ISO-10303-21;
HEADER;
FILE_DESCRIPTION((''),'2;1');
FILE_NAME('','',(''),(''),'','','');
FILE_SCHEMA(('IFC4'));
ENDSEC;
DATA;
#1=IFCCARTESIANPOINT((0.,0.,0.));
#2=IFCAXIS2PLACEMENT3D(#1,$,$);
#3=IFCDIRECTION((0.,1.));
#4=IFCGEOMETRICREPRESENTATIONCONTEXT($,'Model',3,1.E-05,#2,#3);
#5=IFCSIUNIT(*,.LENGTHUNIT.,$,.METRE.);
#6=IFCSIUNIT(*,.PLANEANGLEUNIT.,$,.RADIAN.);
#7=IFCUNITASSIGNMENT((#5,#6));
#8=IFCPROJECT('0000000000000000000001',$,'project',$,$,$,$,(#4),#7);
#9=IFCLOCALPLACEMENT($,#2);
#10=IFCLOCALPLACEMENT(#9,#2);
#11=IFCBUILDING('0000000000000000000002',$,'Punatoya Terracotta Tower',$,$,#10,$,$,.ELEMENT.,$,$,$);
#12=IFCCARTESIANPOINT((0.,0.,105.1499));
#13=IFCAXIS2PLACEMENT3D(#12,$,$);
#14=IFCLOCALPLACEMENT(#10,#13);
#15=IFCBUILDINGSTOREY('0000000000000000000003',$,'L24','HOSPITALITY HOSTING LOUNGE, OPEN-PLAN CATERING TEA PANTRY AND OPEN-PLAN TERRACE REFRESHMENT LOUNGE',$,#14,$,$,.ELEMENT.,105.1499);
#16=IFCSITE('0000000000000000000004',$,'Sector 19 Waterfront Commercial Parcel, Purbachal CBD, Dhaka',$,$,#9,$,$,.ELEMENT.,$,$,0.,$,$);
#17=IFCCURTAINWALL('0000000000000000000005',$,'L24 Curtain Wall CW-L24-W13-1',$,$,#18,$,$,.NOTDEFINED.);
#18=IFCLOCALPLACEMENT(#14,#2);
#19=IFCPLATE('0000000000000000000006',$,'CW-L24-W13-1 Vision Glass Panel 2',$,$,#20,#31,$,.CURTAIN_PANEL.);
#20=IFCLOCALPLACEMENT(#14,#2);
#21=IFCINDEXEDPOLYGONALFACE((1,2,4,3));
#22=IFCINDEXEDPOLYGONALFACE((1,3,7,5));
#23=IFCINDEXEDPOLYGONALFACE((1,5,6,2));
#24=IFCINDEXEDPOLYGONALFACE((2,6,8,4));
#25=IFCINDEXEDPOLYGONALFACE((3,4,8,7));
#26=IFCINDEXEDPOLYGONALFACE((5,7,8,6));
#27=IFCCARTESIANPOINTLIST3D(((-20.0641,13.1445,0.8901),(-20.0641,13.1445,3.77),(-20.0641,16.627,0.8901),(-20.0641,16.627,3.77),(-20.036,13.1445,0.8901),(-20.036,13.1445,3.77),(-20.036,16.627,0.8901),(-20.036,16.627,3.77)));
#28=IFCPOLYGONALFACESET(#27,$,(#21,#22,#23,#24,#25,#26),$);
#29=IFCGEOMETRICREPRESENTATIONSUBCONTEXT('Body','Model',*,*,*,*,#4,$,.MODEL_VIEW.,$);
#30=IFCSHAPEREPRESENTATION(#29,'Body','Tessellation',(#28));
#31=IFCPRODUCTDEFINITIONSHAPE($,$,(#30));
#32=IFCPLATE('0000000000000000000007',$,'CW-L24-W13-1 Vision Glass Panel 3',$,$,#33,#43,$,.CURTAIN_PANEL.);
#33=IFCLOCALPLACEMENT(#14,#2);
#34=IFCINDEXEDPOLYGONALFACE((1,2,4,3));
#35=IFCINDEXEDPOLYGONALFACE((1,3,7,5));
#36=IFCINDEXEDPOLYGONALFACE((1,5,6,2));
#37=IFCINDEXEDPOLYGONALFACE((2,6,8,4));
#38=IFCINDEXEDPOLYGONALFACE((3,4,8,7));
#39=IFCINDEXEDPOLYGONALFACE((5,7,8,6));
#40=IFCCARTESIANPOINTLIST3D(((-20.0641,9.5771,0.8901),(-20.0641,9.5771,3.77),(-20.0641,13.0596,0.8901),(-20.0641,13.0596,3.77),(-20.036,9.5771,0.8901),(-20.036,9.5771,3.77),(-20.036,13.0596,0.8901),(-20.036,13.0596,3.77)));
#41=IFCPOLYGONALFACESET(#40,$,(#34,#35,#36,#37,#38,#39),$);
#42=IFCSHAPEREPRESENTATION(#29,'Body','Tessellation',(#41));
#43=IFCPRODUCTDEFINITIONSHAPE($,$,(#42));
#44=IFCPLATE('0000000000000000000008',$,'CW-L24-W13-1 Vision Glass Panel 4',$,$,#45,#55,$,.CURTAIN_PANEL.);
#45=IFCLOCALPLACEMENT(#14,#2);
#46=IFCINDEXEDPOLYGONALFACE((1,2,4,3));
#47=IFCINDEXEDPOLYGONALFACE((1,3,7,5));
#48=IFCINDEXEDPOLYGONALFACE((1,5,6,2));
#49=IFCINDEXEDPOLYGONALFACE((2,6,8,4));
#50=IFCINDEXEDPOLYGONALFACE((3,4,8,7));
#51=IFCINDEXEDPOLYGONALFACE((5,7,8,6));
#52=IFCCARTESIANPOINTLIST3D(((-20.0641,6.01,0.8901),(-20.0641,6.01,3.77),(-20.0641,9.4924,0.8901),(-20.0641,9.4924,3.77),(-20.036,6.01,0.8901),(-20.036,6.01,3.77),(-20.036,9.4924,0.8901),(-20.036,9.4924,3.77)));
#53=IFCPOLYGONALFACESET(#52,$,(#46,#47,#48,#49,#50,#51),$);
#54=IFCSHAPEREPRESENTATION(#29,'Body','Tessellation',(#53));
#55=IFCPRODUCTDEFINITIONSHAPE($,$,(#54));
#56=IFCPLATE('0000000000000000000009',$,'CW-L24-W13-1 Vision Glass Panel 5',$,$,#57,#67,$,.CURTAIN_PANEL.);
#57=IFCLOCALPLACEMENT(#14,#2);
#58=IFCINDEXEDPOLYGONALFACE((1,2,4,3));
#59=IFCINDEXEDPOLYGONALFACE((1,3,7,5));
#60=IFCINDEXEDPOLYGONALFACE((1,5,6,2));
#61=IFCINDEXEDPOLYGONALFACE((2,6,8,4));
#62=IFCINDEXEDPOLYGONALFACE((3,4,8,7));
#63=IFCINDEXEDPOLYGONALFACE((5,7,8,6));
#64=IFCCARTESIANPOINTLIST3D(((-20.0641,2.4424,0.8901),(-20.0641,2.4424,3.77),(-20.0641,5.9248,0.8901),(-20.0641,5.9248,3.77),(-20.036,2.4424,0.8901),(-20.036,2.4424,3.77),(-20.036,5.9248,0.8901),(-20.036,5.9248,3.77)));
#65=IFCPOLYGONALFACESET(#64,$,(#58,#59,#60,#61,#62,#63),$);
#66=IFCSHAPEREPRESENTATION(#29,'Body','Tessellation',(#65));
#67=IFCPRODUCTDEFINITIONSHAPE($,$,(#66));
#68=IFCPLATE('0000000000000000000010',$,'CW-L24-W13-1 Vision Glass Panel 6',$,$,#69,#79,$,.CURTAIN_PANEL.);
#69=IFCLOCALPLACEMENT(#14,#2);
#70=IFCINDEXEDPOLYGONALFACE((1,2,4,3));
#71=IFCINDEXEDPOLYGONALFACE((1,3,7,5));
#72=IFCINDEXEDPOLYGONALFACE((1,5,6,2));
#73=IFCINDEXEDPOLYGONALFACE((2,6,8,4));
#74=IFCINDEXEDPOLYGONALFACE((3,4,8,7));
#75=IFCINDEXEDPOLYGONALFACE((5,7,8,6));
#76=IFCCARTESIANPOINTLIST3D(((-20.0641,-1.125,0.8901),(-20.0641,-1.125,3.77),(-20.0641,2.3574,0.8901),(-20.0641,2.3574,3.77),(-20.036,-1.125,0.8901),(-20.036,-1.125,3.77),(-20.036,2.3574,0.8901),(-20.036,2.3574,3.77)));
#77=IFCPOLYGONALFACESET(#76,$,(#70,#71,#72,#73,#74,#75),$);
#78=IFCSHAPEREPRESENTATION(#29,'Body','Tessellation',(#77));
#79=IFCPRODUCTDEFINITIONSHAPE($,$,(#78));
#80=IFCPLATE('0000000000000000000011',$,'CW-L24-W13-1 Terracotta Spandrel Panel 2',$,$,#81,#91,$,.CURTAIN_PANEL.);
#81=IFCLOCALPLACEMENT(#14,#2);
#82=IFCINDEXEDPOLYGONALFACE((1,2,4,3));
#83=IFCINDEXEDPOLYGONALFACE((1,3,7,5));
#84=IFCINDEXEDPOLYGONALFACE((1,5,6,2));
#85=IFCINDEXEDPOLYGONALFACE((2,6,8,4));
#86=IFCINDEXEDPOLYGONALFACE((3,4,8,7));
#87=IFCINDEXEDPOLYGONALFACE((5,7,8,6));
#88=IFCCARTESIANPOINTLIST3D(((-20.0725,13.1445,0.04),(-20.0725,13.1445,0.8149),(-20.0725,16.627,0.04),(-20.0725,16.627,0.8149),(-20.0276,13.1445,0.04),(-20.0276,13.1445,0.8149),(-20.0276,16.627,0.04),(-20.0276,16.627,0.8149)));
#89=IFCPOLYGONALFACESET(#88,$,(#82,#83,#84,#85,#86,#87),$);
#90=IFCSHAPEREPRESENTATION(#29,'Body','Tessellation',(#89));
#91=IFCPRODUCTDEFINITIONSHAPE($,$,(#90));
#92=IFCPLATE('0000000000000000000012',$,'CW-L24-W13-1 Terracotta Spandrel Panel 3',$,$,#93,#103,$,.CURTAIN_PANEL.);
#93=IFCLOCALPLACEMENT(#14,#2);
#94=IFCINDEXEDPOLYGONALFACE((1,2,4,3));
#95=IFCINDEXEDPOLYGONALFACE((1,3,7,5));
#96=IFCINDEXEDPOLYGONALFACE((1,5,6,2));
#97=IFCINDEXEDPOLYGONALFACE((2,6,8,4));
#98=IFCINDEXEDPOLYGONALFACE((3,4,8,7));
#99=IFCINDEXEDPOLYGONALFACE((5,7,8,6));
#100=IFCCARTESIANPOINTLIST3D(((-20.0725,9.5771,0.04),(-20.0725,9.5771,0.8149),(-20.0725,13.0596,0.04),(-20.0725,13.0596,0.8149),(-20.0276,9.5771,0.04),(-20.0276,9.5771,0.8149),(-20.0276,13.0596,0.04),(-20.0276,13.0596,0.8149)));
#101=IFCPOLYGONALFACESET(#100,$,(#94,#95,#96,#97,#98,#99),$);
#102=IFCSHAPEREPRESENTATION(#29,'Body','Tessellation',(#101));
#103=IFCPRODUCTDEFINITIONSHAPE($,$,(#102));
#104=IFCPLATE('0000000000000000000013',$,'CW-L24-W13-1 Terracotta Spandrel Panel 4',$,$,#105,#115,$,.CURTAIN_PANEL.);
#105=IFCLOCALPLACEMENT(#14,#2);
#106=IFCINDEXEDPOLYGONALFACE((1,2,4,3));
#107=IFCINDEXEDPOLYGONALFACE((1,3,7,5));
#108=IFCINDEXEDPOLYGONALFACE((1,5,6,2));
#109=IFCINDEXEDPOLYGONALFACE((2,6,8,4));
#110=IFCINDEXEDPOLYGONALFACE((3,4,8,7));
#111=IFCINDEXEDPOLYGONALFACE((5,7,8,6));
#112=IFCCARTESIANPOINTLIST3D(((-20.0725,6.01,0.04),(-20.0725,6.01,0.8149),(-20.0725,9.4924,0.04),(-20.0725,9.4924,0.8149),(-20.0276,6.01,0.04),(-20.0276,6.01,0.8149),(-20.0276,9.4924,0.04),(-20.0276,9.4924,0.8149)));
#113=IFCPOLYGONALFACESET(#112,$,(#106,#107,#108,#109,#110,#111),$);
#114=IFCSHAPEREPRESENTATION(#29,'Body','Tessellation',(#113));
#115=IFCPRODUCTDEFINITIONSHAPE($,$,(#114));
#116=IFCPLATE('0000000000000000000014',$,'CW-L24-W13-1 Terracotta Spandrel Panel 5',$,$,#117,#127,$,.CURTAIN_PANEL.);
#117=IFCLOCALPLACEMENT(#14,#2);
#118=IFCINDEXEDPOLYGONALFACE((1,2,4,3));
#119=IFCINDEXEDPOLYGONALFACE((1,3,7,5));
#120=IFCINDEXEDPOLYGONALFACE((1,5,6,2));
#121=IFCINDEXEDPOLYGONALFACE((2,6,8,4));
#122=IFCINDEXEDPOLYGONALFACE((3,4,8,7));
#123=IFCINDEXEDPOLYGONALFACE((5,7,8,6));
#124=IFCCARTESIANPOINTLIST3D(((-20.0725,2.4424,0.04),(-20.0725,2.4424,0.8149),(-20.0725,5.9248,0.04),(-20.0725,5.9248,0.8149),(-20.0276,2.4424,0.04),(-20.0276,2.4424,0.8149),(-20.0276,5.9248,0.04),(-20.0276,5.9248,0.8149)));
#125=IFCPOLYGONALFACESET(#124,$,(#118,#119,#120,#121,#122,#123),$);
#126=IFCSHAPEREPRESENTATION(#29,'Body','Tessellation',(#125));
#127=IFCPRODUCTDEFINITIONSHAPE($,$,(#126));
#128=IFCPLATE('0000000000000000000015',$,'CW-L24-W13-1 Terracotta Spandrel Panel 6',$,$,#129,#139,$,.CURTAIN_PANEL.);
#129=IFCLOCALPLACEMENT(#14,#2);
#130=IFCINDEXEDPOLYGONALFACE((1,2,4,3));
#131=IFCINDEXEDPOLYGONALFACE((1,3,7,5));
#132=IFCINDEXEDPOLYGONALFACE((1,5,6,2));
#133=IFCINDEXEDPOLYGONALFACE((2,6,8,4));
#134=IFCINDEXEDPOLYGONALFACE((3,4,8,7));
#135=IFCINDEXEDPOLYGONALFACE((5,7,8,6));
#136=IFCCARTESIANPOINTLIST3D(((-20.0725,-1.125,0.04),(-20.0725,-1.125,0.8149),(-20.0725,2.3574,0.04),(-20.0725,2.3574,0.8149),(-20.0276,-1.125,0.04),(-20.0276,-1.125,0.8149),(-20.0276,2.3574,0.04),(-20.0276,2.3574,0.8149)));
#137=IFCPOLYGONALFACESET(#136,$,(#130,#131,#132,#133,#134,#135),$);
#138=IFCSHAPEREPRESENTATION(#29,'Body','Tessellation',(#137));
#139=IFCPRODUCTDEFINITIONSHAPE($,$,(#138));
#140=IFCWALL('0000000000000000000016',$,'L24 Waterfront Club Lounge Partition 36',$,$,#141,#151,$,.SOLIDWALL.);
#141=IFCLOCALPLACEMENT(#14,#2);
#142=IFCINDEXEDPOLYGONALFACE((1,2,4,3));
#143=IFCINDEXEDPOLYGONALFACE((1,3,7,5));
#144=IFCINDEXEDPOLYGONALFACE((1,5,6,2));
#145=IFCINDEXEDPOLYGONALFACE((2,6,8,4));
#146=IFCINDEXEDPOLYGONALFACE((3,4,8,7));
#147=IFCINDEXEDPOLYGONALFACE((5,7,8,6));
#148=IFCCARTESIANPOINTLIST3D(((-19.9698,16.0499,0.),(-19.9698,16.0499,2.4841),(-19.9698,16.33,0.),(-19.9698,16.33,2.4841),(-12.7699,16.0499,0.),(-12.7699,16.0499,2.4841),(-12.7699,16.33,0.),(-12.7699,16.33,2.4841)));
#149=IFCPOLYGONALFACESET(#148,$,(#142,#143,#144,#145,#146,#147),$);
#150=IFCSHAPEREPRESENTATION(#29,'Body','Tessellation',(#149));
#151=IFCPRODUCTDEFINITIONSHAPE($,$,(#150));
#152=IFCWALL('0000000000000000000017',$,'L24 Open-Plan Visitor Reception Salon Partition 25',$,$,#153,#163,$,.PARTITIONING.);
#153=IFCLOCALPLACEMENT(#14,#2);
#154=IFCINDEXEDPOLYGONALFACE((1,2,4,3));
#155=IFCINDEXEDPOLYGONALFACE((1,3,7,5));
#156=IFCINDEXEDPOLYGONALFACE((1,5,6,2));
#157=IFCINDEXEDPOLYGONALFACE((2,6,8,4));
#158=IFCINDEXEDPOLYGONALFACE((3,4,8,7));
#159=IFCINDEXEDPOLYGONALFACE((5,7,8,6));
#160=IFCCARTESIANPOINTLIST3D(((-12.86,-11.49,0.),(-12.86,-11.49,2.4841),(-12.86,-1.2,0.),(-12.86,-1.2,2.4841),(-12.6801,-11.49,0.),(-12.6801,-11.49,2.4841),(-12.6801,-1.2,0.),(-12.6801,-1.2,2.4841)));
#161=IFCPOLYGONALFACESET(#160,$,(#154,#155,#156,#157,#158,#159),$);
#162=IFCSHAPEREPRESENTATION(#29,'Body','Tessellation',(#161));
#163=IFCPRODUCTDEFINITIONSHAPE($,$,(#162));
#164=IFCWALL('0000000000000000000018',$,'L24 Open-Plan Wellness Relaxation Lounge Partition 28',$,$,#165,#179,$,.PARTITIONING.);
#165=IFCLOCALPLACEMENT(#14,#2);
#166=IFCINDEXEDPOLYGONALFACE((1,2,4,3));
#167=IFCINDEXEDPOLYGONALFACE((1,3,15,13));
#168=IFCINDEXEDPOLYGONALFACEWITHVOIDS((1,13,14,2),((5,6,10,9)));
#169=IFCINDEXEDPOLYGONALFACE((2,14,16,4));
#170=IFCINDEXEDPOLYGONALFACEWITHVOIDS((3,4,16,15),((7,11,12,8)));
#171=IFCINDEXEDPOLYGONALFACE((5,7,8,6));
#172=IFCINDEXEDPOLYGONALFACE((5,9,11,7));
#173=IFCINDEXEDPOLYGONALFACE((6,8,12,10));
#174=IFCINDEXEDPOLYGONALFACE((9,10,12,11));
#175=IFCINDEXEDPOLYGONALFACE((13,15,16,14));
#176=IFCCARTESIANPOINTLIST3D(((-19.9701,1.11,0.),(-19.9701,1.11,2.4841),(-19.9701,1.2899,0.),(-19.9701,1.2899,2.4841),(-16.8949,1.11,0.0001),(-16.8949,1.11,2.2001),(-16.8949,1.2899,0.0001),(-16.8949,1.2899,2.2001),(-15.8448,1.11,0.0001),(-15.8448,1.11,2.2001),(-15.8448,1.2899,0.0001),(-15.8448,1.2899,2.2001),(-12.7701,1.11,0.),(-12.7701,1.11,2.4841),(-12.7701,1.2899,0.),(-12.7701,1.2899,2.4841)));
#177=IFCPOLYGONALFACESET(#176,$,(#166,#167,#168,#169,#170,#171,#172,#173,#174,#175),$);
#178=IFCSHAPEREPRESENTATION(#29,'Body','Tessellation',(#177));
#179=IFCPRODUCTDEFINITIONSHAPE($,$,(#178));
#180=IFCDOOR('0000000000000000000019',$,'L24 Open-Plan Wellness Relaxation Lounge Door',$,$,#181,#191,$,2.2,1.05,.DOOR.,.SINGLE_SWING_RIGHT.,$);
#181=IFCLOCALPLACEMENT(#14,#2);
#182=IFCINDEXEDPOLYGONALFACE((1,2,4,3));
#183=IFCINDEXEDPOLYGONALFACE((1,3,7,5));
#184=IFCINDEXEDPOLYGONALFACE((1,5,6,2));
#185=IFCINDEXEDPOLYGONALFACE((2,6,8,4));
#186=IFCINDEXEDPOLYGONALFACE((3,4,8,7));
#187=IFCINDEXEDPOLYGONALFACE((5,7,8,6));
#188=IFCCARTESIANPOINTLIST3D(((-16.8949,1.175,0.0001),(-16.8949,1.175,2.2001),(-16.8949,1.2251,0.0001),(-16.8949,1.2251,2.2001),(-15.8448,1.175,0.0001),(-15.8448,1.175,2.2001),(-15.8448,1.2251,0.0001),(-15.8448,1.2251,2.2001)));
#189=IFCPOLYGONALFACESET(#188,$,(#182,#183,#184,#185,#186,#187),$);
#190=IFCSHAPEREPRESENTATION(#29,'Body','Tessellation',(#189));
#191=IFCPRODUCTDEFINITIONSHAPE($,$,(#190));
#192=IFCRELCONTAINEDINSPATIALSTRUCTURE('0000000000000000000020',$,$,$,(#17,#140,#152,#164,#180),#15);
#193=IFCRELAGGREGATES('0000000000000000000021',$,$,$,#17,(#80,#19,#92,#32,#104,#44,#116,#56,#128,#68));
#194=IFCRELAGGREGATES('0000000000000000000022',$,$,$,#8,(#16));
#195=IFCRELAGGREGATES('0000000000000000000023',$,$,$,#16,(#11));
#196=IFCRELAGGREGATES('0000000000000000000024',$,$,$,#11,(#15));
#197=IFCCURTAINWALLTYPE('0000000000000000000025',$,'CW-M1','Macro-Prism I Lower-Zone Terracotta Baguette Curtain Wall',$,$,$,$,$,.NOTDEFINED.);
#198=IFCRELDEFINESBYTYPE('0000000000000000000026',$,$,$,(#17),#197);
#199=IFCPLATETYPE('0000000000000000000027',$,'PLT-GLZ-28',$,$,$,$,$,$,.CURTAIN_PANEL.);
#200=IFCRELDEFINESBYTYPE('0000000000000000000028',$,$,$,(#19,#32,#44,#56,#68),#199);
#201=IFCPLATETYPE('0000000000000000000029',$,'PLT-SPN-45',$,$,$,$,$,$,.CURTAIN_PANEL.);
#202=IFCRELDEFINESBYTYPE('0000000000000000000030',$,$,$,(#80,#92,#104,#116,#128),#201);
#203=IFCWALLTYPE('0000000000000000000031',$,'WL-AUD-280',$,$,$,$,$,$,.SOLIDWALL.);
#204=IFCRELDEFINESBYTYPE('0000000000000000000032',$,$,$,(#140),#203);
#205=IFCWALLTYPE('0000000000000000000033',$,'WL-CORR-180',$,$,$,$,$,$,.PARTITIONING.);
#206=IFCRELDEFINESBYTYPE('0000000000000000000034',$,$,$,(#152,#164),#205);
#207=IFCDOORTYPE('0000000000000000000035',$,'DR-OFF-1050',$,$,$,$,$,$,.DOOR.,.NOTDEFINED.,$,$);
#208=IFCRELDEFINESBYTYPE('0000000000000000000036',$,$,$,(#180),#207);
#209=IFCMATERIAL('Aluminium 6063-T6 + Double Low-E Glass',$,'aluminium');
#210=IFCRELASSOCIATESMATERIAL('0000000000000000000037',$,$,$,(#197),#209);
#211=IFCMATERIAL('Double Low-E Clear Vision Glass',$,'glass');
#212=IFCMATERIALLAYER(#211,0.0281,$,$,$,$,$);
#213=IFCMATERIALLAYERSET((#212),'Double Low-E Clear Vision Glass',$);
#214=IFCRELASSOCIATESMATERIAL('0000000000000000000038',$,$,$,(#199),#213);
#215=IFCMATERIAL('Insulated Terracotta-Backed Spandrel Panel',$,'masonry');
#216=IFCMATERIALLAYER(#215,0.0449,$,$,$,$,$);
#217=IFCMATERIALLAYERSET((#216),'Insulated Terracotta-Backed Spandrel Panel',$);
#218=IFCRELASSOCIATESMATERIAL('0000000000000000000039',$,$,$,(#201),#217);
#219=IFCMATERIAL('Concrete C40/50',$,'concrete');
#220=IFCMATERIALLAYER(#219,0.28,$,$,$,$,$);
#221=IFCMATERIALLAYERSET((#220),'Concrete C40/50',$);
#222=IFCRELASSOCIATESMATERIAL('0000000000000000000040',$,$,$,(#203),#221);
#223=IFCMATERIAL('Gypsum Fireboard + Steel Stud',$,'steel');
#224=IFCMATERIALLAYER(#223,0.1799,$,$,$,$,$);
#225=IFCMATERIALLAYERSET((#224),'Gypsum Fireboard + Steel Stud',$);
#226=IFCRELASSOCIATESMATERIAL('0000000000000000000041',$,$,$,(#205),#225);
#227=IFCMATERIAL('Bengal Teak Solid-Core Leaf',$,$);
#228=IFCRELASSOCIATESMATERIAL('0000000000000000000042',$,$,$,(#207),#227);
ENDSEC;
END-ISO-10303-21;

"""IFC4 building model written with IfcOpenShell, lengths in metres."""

from ifc_helpers import new_model, si_unit, direction, frame, frame_2d, origin, origin_2d, place, context, subcontext, project, spatial, rectangle, extrude, material, layer, layer_set, type_object, element, fill, aggregate, save


model = new_model("IFC4")

# Units and contexts
model_context = context("Model", 3, precision=1e-05, world=origin(), true_north=direction((0.0, 1.0)))
body_context = subcontext(model_context, "Body", "Model", "MODEL_VIEW")
ifc_project = project(units=[si_unit("LENGTHUNIT", "METRE"), si_unit("PLANEANGLEUNIT", "RADIAN")], contexts=[model_context])

# Site, building, storey
site_placement = place(None, origin())
site = spatial("IfcSite", under=ifc_project, at=site_placement, Name="Sector 19 Waterfront Commercial Parcel, Purbachal CBD, Dhaka", CompositionType="ELEMENT", RefElevation=0.0)
building_placement = place(site_placement, origin())
building = spatial("IfcBuilding", under=site, at=building_placement, Name="Punatoya Terracotta Tower", CompositionType="ELEMENT")
storey_placement = place(building_placement, frame((0.0, 0.0, 105.1499)))
storey = spatial("IfcBuildingStorey", under=building, at=storey_placement, Name="L24", Description="HOSPITALITY HOSTING LOUNGE, OPEN-PLAN CATERING TEA PANTRY AND OPEN-PLAN TERRACE REFRESHMENT LOUNGE", CompositionType="ELEMENT", Elevation=105.1499)

# Curtain wall, plates
ifc_material_1 = material(Name="Aluminium 6063-T6 + Double Low-E Glass", Category="aluminium")
curtain_wall_type = type_object("IfcCurtainWallType", Name="CW-M1", Description="Macro-Prism I Lower-Zone Terracotta Baguette Curtain Wall", PredefinedType="NOTDEFINED", material=ifc_material_1)
curtain_wall_placement = place(storey_placement, origin())
curtain_wall = element("IfcCurtainWall", 1, at=curtain_wall_placement, inside=storey, type_object=curtain_wall_type, Name="L24 Curtain Wall CW-L24-W13-1", PredefinedType="NOTDEFINED")
ifc_material_2 = material(Name="Double Low-E Clear Vision Glass", Category="glass")
ifc_layer_1 = layer(ifc_material_2, 0.0281)
ifc_layer_set_1 = layer_set([ifc_layer_1], Name="Double Low-E Clear Vision Glass")
plate_type_1 = type_object("IfcPlateType", Name="PLT-GLZ-28", PredefinedType="CURTAIN_PANEL", material=ifc_layer_set_1)
plate_1_placement = place(storey_placement, frame((-20.05, 14.8857, 0.8901), z_axis=(0.0, 0.0, 1.0), x_axis=(0.0, -1.0, 0.0)))
plate_1 = element("IfcPlate", 2, at=plate_1_placement, type_object=plate_type_1, Name="CW-L24-W13-1 Vision Glass Panel 2", PredefinedType="CURTAIN_PANEL", context=body_context, shape_type="SweptSolid", body=[
    extrude(rectangle(XDim=3.4824, YDim=0.0281, at=origin_2d()), origin(), (0.0, 0.0, 1.0), 2.8799),
])
plate_2_placement = place(storey_placement, frame((-20.05, 11.3184, 0.8901), z_axis=(0.0, 0.0, 1.0), x_axis=(0.0, -1.0, 0.0)))
plate_2 = element("IfcPlate", 3, at=plate_2_placement, type_object=plate_type_1, Name="CW-L24-W13-1 Vision Glass Panel 3", PredefinedType="CURTAIN_PANEL", context=body_context, shape_type="SweptSolid", body=[
    extrude(rectangle(XDim=3.4824, YDim=0.0281, at=origin_2d()), origin(), (0.0, 0.0, 1.0), 2.8799),
])
plate_3_placement = place(storey_placement, frame((-20.05, 7.7512, 0.8901), z_axis=(0.0, 0.0, 1.0), x_axis=(0.0, -1.0, 0.0)))
plate_3 = element("IfcPlate", 4, at=plate_3_placement, type_object=plate_type_1, Name="CW-L24-W13-1 Vision Glass Panel 4", PredefinedType="CURTAIN_PANEL", context=body_context, shape_type="SweptSolid", body=[
    extrude(rectangle(XDim=3.4824, YDim=0.0281, at=origin_2d()), origin(), (0.0, 0.0, 1.0), 2.8799),
])
plate_4_placement = place(storey_placement, frame((-20.05, 4.1836, 0.8901), z_axis=(0.0, 0.0, 1.0), x_axis=(0.0, -1.0, 0.0)))
plate_4 = element("IfcPlate", 5, at=plate_4_placement, type_object=plate_type_1, Name="CW-L24-W13-1 Vision Glass Panel 5", PredefinedType="CURTAIN_PANEL", context=body_context, shape_type="SweptSolid", body=[
    extrude(rectangle(XDim=3.4824, YDim=0.0281, at=origin_2d()), origin(), (0.0, 0.0, 1.0), 2.8799),
])
plate_5_placement = place(storey_placement, frame((-20.05, 0.6162, 0.8901), z_axis=(0.0, 0.0, 1.0), x_axis=(0.0, -1.0, 0.0)))
plate_5 = element("IfcPlate", 6, at=plate_5_placement, type_object=plate_type_1, Name="CW-L24-W13-1 Vision Glass Panel 6", PredefinedType="CURTAIN_PANEL", context=body_context, shape_type="SweptSolid", body=[
    extrude(rectangle(XDim=3.4824, YDim=0.0281, at=origin_2d()), origin(), (0.0, 0.0, 1.0), 2.8799),
])
ifc_material_3 = material(Name="Insulated Terracotta-Backed Spandrel Panel", Category="masonry")
ifc_layer_2 = layer(ifc_material_3, 0.0449)
ifc_layer_set_2 = layer_set([ifc_layer_2], Name="Insulated Terracotta-Backed Spandrel Panel")
plate_type_2 = type_object("IfcPlateType", Name="PLT-SPN-45", PredefinedType="CURTAIN_PANEL", material=ifc_layer_set_2)
plate_6_placement = place(storey_placement, frame((-20.05, 14.8857, 0.04), z_axis=(0.0, 0.0, 1.0), x_axis=(0.0, -1.0, 0.0)))
plate_6 = element("IfcPlate", 7, at=plate_6_placement, type_object=plate_type_2, Name="CW-L24-W13-1 Terracotta Spandrel Panel 2", PredefinedType="CURTAIN_PANEL", context=body_context, shape_type="SweptSolid", body=[
    extrude(rectangle(XDim=3.4824, YDim=0.0449, at=origin_2d()), origin(), (0.0, 0.0, 1.0), 0.7749),
])
plate_7_placement = place(storey_placement, frame((-20.05, 11.3184, 0.04), z_axis=(0.0, 0.0, 1.0), x_axis=(0.0, -1.0, 0.0)))
plate_7 = element("IfcPlate", 8, at=plate_7_placement, type_object=plate_type_2, Name="CW-L24-W13-1 Terracotta Spandrel Panel 3", PredefinedType="CURTAIN_PANEL", context=body_context, shape_type="SweptSolid", body=[
    extrude(rectangle(XDim=3.4824, YDim=0.0449, at=origin_2d()), origin(), (0.0, 0.0, 1.0), 0.7749),
])
plate_8_placement = place(storey_placement, frame((-20.05, 7.7512, 0.04), z_axis=(0.0, 0.0, 1.0), x_axis=(0.0, -1.0, 0.0)))
plate_8 = element("IfcPlate", 9, at=plate_8_placement, type_object=plate_type_2, Name="CW-L24-W13-1 Terracotta Spandrel Panel 4", PredefinedType="CURTAIN_PANEL", context=body_context, shape_type="SweptSolid", body=[
    extrude(rectangle(XDim=3.4824, YDim=0.0449, at=origin_2d()), origin(), (0.0, 0.0, 1.0), 0.7749),
])
plate_9_placement = place(storey_placement, frame((-20.05, 4.1836, 0.04), z_axis=(0.0, 0.0, 1.0), x_axis=(0.0, -1.0, 0.0)))
plate_9 = element("IfcPlate", 10, at=plate_9_placement, type_object=plate_type_2, Name="CW-L24-W13-1 Terracotta Spandrel Panel 5", PredefinedType="CURTAIN_PANEL", context=body_context, shape_type="SweptSolid", body=[
    extrude(rectangle(XDim=3.4824, YDim=0.0449, at=origin_2d()), origin(), (0.0, 0.0, 1.0), 0.7749),
])
plate_10_placement = place(storey_placement, frame((-20.05, 0.6162, 0.04), z_axis=(0.0, 0.0, 1.0), x_axis=(0.0, -1.0, 0.0)))
plate_10 = element("IfcPlate", 11, at=plate_10_placement, type_object=plate_type_2, Name="CW-L24-W13-1 Terracotta Spandrel Panel 6", PredefinedType="CURTAIN_PANEL", context=body_context, shape_type="SweptSolid", body=[
    extrude(rectangle(XDim=3.4824, YDim=0.0449, at=origin_2d()), origin(), (0.0, 0.0, 1.0), 0.7749),
])
aggregate(curtain_wall, [plate_6, plate_1, plate_7, plate_2, plate_8, plate_3, plate_9, plate_4, plate_10, plate_5])

# Walls
ifc_material_4 = material(Name="Concrete C40/50", Category="concrete")
ifc_layer_3 = layer(ifc_material_4, 0.28)
ifc_layer_set_3 = layer_set([ifc_layer_3], Name="Concrete C40/50")
wall_type_1 = type_object("IfcWallType", Name="WL-AUD-280", PredefinedType="SOLIDWALL", material=ifc_layer_set_3)
wall_1_placement = place(storey_placement, frame((-19.97, 16.1899, 0.0), z_axis=(0.0, 0.0, 1.0), x_axis=(1.0, 0.0, 0.0)))
element("IfcWall", 12, at=wall_1_placement, inside=storey, type_object=wall_type_1, Name="L24 Waterfront Club Lounge Partition 36", PredefinedType="SOLIDWALL", context=body_context, shape_type="SweptSolid", body=[
    extrude(rectangle(XDim=7.2, YDim=0.28, at=frame_2d((3.6001, 0.0))), origin(), (0.0, 0.0, 1.0), 2.4841),
])
ifc_material_5 = material(Name="Gypsum Fireboard + Steel Stud", Category="steel")
ifc_layer_4 = layer(ifc_material_5, 0.1799)
ifc_layer_set_4 = layer_set([ifc_layer_4], Name="Gypsum Fireboard + Steel Stud")
wall_type_2 = type_object("IfcWallType", Name="WL-CORR-180", PredefinedType="PARTITIONING", material=ifc_layer_set_4)
wall_2_placement = place(storey_placement, frame((-12.77, -1.2, 0.0), z_axis=(0.0, 0.0, 1.0), x_axis=(0.0, -1.0, 0.0)))
element("IfcWall", 13, at=wall_2_placement, inside=storey, type_object=wall_type_2, Name="L24 Open-Plan Visitor Reception Salon Partition 25", PredefinedType="PARTITIONING", context=body_context, shape_type="SweptSolid", body=[
    extrude(rectangle(XDim=10.29, YDim=0.1799, at=frame_2d((5.145, 0.0))), origin(), (0.0, 0.0, 1.0), 2.4841),
])

# Wall, opening, door
wall_3_placement = place(storey_placement, frame((-12.77, 1.2, 0.0), z_axis=(0.0, 0.0, 1.0), x_axis=(-1.0, 0.0, 0.0)))
wall_3 = element("IfcWall", 14, at=wall_3_placement, inside=storey, type_object=wall_type_2, Name="L24 Open-Plan Wellness Relaxation Lounge Partition 28", PredefinedType="PARTITIONING", context=body_context, shape_type="SweptSolid", body=[
    extrude(rectangle(XDim=7.2, YDim=0.1799, at=frame_2d((3.6001, 0.0))), origin(), (0.0, 0.0, 1.0), 2.4841),
])
opening_placement = place(wall_3_placement, frame((3.075, 0.0, 0.0)))
opening = element("IfcOpeningElement", 15, at=opening_placement, cuts=wall_3, PredefinedType="OPENING", context=body_context, shape_type="SweptSolid", body=[
    extrude(rectangle(XDim=1.05, YDim=2.2, at=frame_2d((0.5249, 1.1001))), frame((0.0, 0.0999, 0.0), z_axis=(0.0, -1.0, 0.0), x_axis=(1.0, 0.0, 0.0)), (0.0, 0.0, 1.0), 0.2),
])
ifc_material_6 = material(Name="Bengal Teak Solid-Core Leaf")
door_type = type_object("IfcDoorType", Name="DR-OFF-1050", OperationType="NOTDEFINED", PredefinedType="DOOR", material=ifc_material_6)
door_placement = place(opening_placement, origin())
door = element("IfcDoor", 16, at=door_placement, inside=storey, type_object=door_type, Name="L24 Open-Plan Wellness Relaxation Lounge Door", OperationType="SINGLE_SWING_RIGHT", OverallHeight=2.2, OverallWidth=1.05, PredefinedType="DOOR", context=body_context, shape_type="SweptSolid", body=[
    extrude(rectangle(XDim=1.05, YDim=2.2, at=frame_2d((0.5249, 1.1001))), frame((0.0, 0.0249, 0.0), z_axis=(0.0, -1.0, 0.0), x_axis=(1.0, 0.0, 0.0)), (0.0, 0.0, 1.0), 0.05),
])
fill(opening, door)

save(model, "model.ifc")
